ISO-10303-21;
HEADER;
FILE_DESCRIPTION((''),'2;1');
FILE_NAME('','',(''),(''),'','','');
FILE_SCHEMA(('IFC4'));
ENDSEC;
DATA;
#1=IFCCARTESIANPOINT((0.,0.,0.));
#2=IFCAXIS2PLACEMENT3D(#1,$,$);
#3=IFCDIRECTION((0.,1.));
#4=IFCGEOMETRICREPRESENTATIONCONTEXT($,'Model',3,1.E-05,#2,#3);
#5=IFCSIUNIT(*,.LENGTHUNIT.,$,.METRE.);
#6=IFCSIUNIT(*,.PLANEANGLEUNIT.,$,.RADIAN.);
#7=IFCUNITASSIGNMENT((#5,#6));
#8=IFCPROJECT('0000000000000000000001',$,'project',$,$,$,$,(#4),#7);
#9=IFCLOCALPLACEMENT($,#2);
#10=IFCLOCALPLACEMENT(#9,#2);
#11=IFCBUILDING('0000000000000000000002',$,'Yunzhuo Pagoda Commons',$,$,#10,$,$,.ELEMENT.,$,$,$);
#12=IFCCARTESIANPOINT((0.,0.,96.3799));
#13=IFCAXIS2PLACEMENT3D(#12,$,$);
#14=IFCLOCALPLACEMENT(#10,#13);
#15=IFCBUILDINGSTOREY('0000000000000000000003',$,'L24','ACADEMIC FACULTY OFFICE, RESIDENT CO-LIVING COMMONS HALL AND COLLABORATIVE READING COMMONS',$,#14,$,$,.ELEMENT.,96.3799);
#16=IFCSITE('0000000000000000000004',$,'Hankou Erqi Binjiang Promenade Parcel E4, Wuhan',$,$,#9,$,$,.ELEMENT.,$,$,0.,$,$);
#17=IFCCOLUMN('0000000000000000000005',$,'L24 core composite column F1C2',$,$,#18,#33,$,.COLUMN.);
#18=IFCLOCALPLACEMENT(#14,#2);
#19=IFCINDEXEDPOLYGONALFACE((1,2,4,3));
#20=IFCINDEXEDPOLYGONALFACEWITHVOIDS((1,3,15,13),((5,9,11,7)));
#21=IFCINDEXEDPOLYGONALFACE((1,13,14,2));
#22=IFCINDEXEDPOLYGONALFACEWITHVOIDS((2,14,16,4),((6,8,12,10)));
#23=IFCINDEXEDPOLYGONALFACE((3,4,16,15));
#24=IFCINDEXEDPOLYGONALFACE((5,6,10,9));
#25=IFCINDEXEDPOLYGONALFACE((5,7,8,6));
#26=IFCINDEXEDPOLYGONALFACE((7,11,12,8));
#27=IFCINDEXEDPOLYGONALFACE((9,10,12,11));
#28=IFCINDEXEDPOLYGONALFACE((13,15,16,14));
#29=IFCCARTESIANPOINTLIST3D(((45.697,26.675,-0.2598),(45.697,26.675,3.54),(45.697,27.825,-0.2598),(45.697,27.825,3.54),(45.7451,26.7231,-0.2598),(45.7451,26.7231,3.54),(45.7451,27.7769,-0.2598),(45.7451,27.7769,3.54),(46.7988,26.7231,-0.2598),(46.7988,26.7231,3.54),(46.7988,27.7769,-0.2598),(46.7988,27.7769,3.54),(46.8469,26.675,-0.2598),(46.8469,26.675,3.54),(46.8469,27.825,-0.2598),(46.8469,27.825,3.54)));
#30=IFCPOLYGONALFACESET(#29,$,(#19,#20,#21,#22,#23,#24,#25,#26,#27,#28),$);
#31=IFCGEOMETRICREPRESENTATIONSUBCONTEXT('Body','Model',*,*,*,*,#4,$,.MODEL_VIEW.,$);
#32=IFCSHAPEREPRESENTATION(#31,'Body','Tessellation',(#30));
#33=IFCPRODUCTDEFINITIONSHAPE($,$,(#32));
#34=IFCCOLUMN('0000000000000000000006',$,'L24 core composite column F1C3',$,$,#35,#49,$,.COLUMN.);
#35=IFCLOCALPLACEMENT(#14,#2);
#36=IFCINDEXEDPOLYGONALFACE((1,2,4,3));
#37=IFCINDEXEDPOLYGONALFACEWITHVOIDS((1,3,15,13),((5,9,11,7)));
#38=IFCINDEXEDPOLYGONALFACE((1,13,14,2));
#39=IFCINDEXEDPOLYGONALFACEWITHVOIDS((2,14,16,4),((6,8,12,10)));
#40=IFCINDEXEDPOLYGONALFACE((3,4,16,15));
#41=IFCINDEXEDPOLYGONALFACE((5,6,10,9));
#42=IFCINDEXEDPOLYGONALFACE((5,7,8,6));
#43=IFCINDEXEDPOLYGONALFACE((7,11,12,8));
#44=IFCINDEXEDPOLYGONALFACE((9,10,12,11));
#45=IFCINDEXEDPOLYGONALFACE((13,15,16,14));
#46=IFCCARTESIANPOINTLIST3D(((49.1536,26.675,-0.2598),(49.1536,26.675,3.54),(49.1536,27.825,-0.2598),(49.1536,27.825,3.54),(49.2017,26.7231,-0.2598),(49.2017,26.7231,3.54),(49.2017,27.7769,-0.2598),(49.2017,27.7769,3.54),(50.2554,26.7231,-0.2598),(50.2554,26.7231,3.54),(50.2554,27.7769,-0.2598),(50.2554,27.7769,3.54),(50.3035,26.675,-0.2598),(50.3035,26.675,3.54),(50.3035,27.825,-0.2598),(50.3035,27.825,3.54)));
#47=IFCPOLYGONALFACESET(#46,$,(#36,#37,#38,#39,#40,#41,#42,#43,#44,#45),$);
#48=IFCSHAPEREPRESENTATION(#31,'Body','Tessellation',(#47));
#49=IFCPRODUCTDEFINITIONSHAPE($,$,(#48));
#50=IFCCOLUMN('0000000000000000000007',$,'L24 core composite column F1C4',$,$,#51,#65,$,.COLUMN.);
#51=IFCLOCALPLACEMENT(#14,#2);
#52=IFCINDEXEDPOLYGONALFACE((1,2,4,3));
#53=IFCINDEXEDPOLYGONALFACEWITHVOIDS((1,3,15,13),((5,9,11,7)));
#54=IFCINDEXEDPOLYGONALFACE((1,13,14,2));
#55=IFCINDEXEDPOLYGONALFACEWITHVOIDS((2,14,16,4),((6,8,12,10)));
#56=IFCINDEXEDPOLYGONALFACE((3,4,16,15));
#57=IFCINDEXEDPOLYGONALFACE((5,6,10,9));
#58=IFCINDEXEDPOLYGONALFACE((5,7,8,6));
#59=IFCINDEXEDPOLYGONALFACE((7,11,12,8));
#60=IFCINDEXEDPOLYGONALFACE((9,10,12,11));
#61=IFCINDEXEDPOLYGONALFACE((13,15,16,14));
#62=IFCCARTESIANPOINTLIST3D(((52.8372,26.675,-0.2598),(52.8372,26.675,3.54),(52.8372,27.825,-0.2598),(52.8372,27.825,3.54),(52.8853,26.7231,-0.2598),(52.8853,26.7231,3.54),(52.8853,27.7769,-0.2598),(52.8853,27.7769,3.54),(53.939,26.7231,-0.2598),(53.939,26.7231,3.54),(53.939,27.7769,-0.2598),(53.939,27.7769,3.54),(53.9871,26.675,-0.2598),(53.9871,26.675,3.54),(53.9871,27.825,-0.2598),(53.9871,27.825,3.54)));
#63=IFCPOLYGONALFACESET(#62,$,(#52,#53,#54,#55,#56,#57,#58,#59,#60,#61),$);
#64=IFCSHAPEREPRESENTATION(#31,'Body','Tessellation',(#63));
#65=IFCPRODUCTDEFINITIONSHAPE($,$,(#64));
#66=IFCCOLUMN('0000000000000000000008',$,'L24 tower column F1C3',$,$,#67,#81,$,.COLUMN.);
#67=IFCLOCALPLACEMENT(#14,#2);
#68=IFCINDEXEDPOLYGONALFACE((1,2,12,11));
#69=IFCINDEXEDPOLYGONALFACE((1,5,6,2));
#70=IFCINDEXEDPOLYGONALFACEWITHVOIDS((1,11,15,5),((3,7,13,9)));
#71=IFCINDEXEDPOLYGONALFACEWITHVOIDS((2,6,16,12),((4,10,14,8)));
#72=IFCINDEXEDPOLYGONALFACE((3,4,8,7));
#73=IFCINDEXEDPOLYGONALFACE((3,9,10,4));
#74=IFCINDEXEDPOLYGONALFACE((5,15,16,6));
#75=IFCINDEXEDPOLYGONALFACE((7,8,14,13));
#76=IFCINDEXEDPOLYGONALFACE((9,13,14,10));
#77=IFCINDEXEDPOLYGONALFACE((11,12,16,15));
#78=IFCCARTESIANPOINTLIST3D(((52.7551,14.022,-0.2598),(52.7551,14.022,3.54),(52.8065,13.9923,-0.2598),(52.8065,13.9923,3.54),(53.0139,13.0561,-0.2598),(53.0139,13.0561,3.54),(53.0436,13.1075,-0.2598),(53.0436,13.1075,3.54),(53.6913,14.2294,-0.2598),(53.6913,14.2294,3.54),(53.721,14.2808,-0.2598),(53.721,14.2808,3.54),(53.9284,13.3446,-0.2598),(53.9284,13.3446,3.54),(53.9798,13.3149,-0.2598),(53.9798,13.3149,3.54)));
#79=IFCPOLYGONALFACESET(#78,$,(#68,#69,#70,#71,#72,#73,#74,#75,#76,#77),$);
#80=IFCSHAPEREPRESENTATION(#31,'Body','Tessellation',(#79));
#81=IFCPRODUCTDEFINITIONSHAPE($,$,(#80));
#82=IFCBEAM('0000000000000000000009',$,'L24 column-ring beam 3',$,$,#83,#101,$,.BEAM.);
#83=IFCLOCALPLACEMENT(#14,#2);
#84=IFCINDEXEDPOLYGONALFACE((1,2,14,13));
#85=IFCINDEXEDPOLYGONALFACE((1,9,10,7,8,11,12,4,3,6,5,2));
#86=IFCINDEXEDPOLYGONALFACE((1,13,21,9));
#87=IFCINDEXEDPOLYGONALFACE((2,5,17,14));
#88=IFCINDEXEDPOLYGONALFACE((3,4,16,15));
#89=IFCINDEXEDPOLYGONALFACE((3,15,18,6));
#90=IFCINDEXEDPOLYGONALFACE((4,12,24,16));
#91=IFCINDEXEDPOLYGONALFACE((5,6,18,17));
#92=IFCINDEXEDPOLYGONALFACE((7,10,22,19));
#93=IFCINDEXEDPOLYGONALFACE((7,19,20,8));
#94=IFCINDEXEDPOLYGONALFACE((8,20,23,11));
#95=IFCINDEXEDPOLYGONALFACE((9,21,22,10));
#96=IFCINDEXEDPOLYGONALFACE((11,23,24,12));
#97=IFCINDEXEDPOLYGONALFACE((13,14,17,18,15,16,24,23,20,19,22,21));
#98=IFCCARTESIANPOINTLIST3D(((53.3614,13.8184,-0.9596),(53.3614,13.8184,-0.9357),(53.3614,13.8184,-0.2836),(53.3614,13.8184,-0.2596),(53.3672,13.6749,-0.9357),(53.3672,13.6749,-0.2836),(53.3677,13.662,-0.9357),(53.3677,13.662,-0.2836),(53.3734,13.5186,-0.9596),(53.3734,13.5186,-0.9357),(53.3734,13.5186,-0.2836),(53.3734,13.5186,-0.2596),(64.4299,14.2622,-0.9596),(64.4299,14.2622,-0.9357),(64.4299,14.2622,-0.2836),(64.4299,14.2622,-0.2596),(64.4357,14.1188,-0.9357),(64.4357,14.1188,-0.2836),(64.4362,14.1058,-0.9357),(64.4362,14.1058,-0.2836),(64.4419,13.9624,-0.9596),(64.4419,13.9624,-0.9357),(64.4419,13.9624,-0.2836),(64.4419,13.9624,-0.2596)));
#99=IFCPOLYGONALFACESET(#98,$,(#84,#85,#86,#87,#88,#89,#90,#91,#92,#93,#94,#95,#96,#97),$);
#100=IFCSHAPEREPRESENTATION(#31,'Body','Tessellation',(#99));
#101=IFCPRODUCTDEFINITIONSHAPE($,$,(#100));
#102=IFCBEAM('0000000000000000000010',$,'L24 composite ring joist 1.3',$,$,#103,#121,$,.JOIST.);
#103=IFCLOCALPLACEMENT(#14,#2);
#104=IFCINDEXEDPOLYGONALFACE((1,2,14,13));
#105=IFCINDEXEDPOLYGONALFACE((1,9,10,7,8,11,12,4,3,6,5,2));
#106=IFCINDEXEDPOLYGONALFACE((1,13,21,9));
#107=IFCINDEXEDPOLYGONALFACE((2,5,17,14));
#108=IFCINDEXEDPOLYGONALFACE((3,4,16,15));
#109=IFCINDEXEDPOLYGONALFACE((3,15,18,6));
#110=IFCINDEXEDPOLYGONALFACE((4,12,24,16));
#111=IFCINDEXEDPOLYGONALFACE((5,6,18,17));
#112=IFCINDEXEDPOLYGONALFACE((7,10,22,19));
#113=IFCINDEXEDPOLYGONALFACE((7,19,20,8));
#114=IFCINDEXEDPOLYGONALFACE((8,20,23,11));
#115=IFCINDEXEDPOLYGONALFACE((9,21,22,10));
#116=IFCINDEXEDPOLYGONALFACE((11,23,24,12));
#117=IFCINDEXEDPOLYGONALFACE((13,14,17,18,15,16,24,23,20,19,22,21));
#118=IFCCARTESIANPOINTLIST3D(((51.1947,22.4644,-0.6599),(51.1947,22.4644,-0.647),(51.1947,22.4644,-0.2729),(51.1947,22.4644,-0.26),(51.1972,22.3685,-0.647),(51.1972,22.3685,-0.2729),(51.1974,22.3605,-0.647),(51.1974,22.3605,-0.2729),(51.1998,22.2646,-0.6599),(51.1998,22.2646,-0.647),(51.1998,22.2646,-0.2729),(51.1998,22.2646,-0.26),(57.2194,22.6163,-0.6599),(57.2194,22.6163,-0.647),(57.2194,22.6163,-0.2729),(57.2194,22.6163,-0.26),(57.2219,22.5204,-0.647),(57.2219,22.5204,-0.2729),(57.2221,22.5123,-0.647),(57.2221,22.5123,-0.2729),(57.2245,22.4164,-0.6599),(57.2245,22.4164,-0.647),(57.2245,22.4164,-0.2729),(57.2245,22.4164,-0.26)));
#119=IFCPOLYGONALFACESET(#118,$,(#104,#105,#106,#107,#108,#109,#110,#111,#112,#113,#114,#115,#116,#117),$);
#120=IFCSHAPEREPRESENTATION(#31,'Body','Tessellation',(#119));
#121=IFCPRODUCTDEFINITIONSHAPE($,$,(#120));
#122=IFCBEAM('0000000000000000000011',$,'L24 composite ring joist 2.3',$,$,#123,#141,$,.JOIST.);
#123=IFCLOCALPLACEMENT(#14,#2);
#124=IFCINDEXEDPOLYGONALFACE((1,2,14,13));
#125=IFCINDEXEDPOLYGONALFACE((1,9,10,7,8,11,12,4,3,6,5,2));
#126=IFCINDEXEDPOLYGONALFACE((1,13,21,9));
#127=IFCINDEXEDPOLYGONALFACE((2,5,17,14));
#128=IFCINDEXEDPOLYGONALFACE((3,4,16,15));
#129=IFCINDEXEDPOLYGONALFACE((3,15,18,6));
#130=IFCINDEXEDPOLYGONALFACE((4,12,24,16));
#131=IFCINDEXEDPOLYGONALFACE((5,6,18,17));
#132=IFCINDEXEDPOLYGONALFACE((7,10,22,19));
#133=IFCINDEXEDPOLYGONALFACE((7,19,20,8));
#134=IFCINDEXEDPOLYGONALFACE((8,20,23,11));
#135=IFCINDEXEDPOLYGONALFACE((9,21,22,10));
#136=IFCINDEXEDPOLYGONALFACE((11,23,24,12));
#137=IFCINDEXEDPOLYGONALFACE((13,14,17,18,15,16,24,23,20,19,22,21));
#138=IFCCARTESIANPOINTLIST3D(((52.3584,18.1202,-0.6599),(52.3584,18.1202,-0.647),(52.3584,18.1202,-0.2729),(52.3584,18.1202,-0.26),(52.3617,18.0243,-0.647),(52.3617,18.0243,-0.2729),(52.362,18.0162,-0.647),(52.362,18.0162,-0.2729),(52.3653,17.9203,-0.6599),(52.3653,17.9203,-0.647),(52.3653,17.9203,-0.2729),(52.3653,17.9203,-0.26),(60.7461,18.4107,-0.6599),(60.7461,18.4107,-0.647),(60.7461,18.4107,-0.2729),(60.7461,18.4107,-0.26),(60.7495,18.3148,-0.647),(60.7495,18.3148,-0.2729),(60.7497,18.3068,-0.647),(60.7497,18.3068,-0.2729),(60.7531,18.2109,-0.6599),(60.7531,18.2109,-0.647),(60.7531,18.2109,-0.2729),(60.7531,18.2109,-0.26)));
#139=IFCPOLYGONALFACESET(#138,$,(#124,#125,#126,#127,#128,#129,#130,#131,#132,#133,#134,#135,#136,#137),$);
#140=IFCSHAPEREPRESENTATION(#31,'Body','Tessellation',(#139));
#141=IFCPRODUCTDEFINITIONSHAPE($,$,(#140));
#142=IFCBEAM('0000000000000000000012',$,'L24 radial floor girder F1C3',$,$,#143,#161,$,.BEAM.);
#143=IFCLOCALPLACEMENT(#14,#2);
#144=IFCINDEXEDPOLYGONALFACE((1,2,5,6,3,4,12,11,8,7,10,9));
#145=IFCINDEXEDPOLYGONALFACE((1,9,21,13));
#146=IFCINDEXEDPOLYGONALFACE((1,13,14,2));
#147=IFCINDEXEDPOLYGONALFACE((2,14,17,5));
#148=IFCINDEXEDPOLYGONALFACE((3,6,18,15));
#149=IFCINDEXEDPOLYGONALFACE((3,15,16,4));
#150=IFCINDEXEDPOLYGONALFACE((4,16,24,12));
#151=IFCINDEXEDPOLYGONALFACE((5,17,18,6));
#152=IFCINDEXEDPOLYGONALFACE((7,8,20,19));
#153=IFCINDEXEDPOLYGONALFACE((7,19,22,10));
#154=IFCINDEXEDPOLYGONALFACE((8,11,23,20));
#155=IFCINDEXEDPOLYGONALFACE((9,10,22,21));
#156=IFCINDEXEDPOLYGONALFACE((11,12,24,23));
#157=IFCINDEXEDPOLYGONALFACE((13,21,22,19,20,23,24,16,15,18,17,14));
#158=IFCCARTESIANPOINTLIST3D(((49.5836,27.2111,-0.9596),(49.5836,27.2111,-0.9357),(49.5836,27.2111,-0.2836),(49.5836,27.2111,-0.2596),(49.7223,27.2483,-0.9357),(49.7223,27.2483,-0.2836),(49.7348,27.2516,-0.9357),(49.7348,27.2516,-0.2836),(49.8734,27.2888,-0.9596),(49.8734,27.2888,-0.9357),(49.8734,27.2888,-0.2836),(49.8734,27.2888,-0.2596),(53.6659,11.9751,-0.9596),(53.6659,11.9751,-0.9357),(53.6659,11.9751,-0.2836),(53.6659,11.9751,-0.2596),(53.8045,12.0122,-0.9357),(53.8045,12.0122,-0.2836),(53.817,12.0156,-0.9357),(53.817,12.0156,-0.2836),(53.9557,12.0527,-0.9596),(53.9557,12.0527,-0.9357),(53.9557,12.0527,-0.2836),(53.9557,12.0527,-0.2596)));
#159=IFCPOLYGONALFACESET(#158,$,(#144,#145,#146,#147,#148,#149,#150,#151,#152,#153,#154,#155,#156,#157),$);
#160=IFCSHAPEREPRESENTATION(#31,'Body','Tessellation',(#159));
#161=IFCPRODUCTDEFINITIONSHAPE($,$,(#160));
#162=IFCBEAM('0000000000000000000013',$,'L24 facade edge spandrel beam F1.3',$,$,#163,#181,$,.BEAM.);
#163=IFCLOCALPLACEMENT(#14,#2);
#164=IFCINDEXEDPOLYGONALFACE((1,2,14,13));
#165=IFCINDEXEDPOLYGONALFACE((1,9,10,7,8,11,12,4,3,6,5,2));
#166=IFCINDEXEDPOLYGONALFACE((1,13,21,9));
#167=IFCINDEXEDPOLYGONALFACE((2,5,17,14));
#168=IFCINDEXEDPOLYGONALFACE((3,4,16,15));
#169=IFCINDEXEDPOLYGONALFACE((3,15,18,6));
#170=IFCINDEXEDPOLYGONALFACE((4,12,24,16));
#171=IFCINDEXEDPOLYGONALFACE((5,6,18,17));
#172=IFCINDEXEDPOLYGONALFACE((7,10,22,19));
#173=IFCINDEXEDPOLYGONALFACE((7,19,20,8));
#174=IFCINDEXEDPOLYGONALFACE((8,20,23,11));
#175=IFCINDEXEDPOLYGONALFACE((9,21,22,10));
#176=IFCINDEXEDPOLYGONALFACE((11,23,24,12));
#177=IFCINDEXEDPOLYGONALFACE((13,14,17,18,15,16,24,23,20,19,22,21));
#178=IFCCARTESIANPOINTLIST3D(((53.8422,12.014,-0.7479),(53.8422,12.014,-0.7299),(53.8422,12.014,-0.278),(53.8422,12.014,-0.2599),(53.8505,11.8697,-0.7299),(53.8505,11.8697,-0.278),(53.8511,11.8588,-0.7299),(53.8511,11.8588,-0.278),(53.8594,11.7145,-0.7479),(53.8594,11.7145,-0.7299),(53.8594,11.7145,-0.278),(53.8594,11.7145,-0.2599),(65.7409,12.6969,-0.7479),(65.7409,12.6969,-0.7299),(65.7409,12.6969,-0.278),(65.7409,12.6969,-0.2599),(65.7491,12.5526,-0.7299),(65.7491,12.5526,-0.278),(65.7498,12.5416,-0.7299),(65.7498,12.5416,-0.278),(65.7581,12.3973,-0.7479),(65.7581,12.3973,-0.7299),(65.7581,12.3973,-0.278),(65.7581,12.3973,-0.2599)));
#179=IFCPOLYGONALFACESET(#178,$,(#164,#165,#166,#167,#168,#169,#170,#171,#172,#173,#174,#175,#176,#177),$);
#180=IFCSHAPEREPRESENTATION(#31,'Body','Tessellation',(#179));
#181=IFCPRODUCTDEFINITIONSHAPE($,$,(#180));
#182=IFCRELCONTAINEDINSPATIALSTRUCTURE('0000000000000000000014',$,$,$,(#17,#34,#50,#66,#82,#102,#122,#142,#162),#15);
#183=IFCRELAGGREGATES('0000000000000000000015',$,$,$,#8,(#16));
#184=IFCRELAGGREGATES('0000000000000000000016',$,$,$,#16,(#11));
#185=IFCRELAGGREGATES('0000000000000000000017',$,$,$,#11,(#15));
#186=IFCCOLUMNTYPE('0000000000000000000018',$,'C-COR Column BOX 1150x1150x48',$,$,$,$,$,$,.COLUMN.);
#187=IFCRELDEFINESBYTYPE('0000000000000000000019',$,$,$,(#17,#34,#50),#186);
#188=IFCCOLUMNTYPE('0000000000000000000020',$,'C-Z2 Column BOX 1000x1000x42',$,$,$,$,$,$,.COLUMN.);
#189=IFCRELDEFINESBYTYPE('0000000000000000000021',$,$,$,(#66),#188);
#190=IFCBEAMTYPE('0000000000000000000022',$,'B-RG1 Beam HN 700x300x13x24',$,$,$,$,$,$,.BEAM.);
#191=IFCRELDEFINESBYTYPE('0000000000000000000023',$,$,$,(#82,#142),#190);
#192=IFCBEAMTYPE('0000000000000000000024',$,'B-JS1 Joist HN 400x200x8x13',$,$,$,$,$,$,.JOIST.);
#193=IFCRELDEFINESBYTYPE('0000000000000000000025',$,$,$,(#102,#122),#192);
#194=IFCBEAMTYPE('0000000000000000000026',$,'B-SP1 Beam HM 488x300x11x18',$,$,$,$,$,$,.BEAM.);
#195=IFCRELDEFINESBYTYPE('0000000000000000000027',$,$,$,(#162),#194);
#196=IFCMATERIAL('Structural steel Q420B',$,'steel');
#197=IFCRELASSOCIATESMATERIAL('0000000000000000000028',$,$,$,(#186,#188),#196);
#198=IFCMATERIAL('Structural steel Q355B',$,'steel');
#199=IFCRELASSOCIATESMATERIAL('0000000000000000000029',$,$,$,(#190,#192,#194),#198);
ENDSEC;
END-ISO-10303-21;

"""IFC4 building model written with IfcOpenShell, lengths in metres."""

from ifc_helpers import new_model, si_unit, direction, frame, origin, origin_2d, place, context, subcontext, project, spatial, hollow_rectangle, i_section, extrude, source, transform, mapped, material, material_profile, profile_set, type_object, element, save


model = new_model("IFC4")

# Units and contexts
model_context = context("Model", 3, precision=1e-05, world=origin(), true_north=direction((0.0, 1.0)))
body_context = subcontext(model_context, "Body", "Model", "MODEL_VIEW")
ifc_project = project(units=[si_unit("LENGTHUNIT", "METRE"), si_unit("PLANEANGLEUNIT", "RADIAN")], contexts=[model_context])

# Site, building, storey
site_placement = place(None, origin())
site = spatial("IfcSite", under=ifc_project, at=site_placement, Name="Hankou Erqi Binjiang Promenade Parcel E4, Wuhan", CompositionType="ELEMENT", RefElevation=0.0)
building_placement = place(site_placement, origin())
building = spatial("IfcBuilding", under=site, at=building_placement, Name="Yunzhuo Pagoda Commons", CompositionType="ELEMENT")
storey_placement = place(building_placement, frame((0.0, 0.0, 96.3799)))
storey = spatial("IfcBuildingStorey", under=building, at=storey_placement, Name="L24", Description="ACADEMIC FACULTY OFFICE, RESIDENT CO-LIVING COMMONS HALL AND COLLABORATIVE READING COMMONS", CompositionType="ELEMENT", Elevation=96.3799)

# Columns
ifc_material_1 = material(Name="Structural steel Q420B", Category="steel")
ifc_material_profile_1 = material_profile(ifc_material_1, hollow_rectangle(XDim=1.1499, YDim=1.1499, WallThickness=0.0481, at=origin_2d()), Name="Structural steel Q420B")
ifc_profile_set_1 = profile_set([ifc_material_profile_1], Name="Structural steel Q420B")
column_type_1 = type_object("IfcColumnType", Name="C-COR Column BOX 1150x1150x48", PredefinedType="COLUMN", material=ifc_profile_set_1)
shared_shape_1 = source(origin(), body_context, "Body", "SweptSolid", [
    extrude(hollow_rectangle(XDim=1.1499, YDim=1.1499, WallThickness=0.0481, at=origin_2d()), origin(), (0.0, 0.0, 1.0), 3.7998),
])
for number, where, z_axis, x_axis, name in (
    (1, (46.272, 27.25, -0.2598), (0.0, 0.0, 1.0), (1.0, 0.0, 0.0), "L24 core composite column F1C2"),
    (2, (49.7285, 27.25, -0.2598), (0.0, 0.0, 1.0), (1.0, 0.0, 0.0), "L24 core composite column F1C3"),
    (3, (53.4121, 27.25, -0.2598), (0.0, 0.0, 1.0), (1.0, 0.0, 0.0), "L24 core composite column F1C4"),
):
    element("IfcColumn", number, at=place(storey_placement, frame(where, z_axis=z_axis, x_axis=x_axis)), inside=storey, type_object=column_type_1, Name=name, PredefinedType="COLUMN", context=body_context, shape_type="MappedRepresentation", body=[
        mapped(shared_shape_1, transform((0.0, 0.0, 0.0), scale=1.0)),
    ])
ifc_material_profile_2 = material_profile(ifc_material_1, hollow_rectangle(XDim=1.0, YDim=1.0, WallThickness=0.042, at=origin_2d()), Name="Structural steel Q420B")
ifc_profile_set_2 = profile_set([ifc_material_profile_2], Name="Structural steel Q420B")
column_type_2 = type_object("IfcColumnType", Name="C-Z2 Column BOX 1000x1000x42", PredefinedType="COLUMN", material=ifc_profile_set_2)
shared_shape_2 = source(origin(), body_context, "Body", "SweptSolid", [
    extrude(hollow_rectangle(XDim=1.0, YDim=1.0, WallThickness=0.042, at=origin_2d()), origin(), (0.0, 0.0, 1.0), 3.7998),
])
column_placement = place(storey_placement, frame((53.3674, 13.6685, -0.2598), z_axis=(0.0, 0.0, 1.0), x_axis=(0.965926, 0.258819, 0.0)))
element("IfcColumn", 4, at=column_placement, inside=storey, type_object=column_type_2, Name="L24 tower column F1C3", PredefinedType="COLUMN", context=body_context, shape_type="MappedRepresentation", body=[
    mapped(shared_shape_2, transform((0.0, 0.0, 0.0), scale=1.0)),
])

# Beams
ifc_material_2 = material(Name="Structural steel Q355B", Category="steel")
ifc_material_profile_3 = material_profile(ifc_material_2, i_section(OverallWidth=0.3, OverallDepth=0.7, WebThickness=0.0129, FlangeThickness=0.0239, at=origin_2d()), Name="Structural steel Q355B")
ifc_profile_set_3 = profile_set([ifc_material_profile_3], Name="Structural steel Q355B")
beam_type_1 = type_object("IfcBeamType", Name="B-RG1 Beam HN 700x300x13x24", PredefinedType="BEAM", material=ifc_profile_set_3)
shared_shape_3 = source(origin(), body_context, "Body", "SweptSolid", [
    extrude(i_section(OverallWidth=0.3, OverallDepth=0.7, WebThickness=0.0129, FlangeThickness=0.0239, at=origin_2d()), origin(), (0.0, 0.0, 1.0), 11.0774),
])
beam_1_placement = place(storey_placement, frame((53.3674, 13.6685, -0.6096), z_axis=(0.999197, 0.040067, 0.0), x_axis=(-0.040067, 0.999197, 0.0)))
element("IfcBeam", 5, at=beam_1_placement, inside=storey, type_object=beam_type_1, Name="L24 column-ring beam 3", PredefinedType="BEAM", context=body_context, shape_type="MappedRepresentation", body=[
    mapped(shared_shape_3, transform((0.0, 0.0, 0.0), scale=1.0)),
])
ifc_material_profile_4 = material_profile(ifc_material_2, i_section(OverallWidth=0.2, OverallDepth=0.3999, WebThickness=0.0081, FlangeThickness=0.0129, at=origin_2d()), Name="Structural steel Q355B")
ifc_profile_set_4 = profile_set([ifc_material_profile_4], Name="Structural steel Q355B")
beam_type_2 = type_object("IfcBeamType", Name="B-JS1 Joist HN 400x200x8x13", PredefinedType="JOIST", material=ifc_profile_set_4)
shared_shape_4 = source(origin(), body_context, "Body", "SweptSolid", [
    extrude(i_section(OverallWidth=0.2, OverallDepth=0.3999, WebThickness=0.0081, FlangeThickness=0.0129, at=origin_2d()), origin(), (0.0, 0.0, 1.0), 6.0266),
])
beam_2_placement = place(storey_placement, frame((51.1973, 22.3645, -0.46), z_axis=(0.999682, 0.025198, 0.0), x_axis=(-0.025198, 0.999682, 0.0)))
element("IfcBeam", 6, at=beam_2_placement, inside=storey, type_object=beam_type_2, Name="L24 composite ring joist 1.3", PredefinedType="JOIST", context=body_context, shape_type="MappedRepresentation", body=[
    mapped(shared_shape_4, transform((0.0, 0.0, 0.0), scale=1.0)),
])
shared_shape_5 = source(origin(), body_context, "Body", "SweptSolid", [
    extrude(i_section(OverallWidth=0.2, OverallDepth=0.3999, WebThickness=0.0081, FlangeThickness=0.0129, at=origin_2d()), origin(), (0.0, 0.0, 1.0), 8.3928),
])
beam_3_placement = place(storey_placement, frame((52.3618, 18.0203, -0.46), z_axis=(0.999401, 0.034617, 0.0), x_axis=(-0.034617, 0.999401, 0.0)))
element("IfcBeam", 7, at=beam_3_placement, inside=storey, type_object=beam_type_2, Name="L24 composite ring joist 2.3", PredefinedType="JOIST", context=body_context, shape_type="MappedRepresentation", body=[
    mapped(shared_shape_5, transform((0.0, 0.0, 0.0), scale=1.0)),
])
shared_shape_6 = source(origin(), body_context, "Body", "SweptSolid", [
    extrude(i_section(OverallWidth=0.3, OverallDepth=0.7, WebThickness=0.0129, FlangeThickness=0.0239, at=origin_2d()), origin(), (0.0, 0.0, 1.0), 15.7734),
])
beam_4_placement = place(storey_placement, frame((53.8108, 12.0139, -0.6096), z_axis=(-0.258806, 0.965929, 0.0), x_axis=(-0.965929, -0.258806, 0.0)))
element("IfcBeam", 8, at=beam_4_placement, inside=storey, type_object=beam_type_1, Name="L24 radial floor girder F1C3", PredefinedType="BEAM", context=body_context, shape_type="MappedRepresentation", body=[
    mapped(shared_shape_6, transform((0.0, 0.0, 0.0), scale=1.0)),
])
ifc_material_profile_5 = material_profile(ifc_material_2, i_section(OverallWidth=0.3, OverallDepth=0.488, WebThickness=0.011, FlangeThickness=0.0181, at=origin_2d()), Name="Structural steel Q355B")
ifc_profile_set_5 = profile_set([ifc_material_profile_5], Name="Structural steel Q355B")
beam_type_3 = type_object("IfcBeamType", Name="B-SP1 Beam HM 488x300x11x18", PredefinedType="BEAM", material=ifc_profile_set_5)
shared_shape_7 = source(origin(), body_context, "Body", "SweptSolid", [
    extrude(i_section(OverallWidth=0.3, OverallDepth=0.488, WebThickness=0.011, FlangeThickness=0.0181, at=origin_2d()), origin(), (0.0, 0.0, 1.0), 11.9182),
])
beam_5_placement = place(storey_placement, frame((53.8508, 11.8643, -0.5039), z_axis=(0.998357, 0.057295, 0.0), x_axis=(-0.057295, 0.998357, 0.0)))
element("IfcBeam", 9, at=beam_5_placement, inside=storey, type_object=beam_type_3, Name="L24 facade edge spandrel beam F1.3", PredefinedType="BEAM", context=body_context, shape_type="MappedRepresentation", body=[
    mapped(shared_shape_7, transform((0.0, 0.0, 0.0), scale=1.0)),
])

save(model, "model.ifc")
